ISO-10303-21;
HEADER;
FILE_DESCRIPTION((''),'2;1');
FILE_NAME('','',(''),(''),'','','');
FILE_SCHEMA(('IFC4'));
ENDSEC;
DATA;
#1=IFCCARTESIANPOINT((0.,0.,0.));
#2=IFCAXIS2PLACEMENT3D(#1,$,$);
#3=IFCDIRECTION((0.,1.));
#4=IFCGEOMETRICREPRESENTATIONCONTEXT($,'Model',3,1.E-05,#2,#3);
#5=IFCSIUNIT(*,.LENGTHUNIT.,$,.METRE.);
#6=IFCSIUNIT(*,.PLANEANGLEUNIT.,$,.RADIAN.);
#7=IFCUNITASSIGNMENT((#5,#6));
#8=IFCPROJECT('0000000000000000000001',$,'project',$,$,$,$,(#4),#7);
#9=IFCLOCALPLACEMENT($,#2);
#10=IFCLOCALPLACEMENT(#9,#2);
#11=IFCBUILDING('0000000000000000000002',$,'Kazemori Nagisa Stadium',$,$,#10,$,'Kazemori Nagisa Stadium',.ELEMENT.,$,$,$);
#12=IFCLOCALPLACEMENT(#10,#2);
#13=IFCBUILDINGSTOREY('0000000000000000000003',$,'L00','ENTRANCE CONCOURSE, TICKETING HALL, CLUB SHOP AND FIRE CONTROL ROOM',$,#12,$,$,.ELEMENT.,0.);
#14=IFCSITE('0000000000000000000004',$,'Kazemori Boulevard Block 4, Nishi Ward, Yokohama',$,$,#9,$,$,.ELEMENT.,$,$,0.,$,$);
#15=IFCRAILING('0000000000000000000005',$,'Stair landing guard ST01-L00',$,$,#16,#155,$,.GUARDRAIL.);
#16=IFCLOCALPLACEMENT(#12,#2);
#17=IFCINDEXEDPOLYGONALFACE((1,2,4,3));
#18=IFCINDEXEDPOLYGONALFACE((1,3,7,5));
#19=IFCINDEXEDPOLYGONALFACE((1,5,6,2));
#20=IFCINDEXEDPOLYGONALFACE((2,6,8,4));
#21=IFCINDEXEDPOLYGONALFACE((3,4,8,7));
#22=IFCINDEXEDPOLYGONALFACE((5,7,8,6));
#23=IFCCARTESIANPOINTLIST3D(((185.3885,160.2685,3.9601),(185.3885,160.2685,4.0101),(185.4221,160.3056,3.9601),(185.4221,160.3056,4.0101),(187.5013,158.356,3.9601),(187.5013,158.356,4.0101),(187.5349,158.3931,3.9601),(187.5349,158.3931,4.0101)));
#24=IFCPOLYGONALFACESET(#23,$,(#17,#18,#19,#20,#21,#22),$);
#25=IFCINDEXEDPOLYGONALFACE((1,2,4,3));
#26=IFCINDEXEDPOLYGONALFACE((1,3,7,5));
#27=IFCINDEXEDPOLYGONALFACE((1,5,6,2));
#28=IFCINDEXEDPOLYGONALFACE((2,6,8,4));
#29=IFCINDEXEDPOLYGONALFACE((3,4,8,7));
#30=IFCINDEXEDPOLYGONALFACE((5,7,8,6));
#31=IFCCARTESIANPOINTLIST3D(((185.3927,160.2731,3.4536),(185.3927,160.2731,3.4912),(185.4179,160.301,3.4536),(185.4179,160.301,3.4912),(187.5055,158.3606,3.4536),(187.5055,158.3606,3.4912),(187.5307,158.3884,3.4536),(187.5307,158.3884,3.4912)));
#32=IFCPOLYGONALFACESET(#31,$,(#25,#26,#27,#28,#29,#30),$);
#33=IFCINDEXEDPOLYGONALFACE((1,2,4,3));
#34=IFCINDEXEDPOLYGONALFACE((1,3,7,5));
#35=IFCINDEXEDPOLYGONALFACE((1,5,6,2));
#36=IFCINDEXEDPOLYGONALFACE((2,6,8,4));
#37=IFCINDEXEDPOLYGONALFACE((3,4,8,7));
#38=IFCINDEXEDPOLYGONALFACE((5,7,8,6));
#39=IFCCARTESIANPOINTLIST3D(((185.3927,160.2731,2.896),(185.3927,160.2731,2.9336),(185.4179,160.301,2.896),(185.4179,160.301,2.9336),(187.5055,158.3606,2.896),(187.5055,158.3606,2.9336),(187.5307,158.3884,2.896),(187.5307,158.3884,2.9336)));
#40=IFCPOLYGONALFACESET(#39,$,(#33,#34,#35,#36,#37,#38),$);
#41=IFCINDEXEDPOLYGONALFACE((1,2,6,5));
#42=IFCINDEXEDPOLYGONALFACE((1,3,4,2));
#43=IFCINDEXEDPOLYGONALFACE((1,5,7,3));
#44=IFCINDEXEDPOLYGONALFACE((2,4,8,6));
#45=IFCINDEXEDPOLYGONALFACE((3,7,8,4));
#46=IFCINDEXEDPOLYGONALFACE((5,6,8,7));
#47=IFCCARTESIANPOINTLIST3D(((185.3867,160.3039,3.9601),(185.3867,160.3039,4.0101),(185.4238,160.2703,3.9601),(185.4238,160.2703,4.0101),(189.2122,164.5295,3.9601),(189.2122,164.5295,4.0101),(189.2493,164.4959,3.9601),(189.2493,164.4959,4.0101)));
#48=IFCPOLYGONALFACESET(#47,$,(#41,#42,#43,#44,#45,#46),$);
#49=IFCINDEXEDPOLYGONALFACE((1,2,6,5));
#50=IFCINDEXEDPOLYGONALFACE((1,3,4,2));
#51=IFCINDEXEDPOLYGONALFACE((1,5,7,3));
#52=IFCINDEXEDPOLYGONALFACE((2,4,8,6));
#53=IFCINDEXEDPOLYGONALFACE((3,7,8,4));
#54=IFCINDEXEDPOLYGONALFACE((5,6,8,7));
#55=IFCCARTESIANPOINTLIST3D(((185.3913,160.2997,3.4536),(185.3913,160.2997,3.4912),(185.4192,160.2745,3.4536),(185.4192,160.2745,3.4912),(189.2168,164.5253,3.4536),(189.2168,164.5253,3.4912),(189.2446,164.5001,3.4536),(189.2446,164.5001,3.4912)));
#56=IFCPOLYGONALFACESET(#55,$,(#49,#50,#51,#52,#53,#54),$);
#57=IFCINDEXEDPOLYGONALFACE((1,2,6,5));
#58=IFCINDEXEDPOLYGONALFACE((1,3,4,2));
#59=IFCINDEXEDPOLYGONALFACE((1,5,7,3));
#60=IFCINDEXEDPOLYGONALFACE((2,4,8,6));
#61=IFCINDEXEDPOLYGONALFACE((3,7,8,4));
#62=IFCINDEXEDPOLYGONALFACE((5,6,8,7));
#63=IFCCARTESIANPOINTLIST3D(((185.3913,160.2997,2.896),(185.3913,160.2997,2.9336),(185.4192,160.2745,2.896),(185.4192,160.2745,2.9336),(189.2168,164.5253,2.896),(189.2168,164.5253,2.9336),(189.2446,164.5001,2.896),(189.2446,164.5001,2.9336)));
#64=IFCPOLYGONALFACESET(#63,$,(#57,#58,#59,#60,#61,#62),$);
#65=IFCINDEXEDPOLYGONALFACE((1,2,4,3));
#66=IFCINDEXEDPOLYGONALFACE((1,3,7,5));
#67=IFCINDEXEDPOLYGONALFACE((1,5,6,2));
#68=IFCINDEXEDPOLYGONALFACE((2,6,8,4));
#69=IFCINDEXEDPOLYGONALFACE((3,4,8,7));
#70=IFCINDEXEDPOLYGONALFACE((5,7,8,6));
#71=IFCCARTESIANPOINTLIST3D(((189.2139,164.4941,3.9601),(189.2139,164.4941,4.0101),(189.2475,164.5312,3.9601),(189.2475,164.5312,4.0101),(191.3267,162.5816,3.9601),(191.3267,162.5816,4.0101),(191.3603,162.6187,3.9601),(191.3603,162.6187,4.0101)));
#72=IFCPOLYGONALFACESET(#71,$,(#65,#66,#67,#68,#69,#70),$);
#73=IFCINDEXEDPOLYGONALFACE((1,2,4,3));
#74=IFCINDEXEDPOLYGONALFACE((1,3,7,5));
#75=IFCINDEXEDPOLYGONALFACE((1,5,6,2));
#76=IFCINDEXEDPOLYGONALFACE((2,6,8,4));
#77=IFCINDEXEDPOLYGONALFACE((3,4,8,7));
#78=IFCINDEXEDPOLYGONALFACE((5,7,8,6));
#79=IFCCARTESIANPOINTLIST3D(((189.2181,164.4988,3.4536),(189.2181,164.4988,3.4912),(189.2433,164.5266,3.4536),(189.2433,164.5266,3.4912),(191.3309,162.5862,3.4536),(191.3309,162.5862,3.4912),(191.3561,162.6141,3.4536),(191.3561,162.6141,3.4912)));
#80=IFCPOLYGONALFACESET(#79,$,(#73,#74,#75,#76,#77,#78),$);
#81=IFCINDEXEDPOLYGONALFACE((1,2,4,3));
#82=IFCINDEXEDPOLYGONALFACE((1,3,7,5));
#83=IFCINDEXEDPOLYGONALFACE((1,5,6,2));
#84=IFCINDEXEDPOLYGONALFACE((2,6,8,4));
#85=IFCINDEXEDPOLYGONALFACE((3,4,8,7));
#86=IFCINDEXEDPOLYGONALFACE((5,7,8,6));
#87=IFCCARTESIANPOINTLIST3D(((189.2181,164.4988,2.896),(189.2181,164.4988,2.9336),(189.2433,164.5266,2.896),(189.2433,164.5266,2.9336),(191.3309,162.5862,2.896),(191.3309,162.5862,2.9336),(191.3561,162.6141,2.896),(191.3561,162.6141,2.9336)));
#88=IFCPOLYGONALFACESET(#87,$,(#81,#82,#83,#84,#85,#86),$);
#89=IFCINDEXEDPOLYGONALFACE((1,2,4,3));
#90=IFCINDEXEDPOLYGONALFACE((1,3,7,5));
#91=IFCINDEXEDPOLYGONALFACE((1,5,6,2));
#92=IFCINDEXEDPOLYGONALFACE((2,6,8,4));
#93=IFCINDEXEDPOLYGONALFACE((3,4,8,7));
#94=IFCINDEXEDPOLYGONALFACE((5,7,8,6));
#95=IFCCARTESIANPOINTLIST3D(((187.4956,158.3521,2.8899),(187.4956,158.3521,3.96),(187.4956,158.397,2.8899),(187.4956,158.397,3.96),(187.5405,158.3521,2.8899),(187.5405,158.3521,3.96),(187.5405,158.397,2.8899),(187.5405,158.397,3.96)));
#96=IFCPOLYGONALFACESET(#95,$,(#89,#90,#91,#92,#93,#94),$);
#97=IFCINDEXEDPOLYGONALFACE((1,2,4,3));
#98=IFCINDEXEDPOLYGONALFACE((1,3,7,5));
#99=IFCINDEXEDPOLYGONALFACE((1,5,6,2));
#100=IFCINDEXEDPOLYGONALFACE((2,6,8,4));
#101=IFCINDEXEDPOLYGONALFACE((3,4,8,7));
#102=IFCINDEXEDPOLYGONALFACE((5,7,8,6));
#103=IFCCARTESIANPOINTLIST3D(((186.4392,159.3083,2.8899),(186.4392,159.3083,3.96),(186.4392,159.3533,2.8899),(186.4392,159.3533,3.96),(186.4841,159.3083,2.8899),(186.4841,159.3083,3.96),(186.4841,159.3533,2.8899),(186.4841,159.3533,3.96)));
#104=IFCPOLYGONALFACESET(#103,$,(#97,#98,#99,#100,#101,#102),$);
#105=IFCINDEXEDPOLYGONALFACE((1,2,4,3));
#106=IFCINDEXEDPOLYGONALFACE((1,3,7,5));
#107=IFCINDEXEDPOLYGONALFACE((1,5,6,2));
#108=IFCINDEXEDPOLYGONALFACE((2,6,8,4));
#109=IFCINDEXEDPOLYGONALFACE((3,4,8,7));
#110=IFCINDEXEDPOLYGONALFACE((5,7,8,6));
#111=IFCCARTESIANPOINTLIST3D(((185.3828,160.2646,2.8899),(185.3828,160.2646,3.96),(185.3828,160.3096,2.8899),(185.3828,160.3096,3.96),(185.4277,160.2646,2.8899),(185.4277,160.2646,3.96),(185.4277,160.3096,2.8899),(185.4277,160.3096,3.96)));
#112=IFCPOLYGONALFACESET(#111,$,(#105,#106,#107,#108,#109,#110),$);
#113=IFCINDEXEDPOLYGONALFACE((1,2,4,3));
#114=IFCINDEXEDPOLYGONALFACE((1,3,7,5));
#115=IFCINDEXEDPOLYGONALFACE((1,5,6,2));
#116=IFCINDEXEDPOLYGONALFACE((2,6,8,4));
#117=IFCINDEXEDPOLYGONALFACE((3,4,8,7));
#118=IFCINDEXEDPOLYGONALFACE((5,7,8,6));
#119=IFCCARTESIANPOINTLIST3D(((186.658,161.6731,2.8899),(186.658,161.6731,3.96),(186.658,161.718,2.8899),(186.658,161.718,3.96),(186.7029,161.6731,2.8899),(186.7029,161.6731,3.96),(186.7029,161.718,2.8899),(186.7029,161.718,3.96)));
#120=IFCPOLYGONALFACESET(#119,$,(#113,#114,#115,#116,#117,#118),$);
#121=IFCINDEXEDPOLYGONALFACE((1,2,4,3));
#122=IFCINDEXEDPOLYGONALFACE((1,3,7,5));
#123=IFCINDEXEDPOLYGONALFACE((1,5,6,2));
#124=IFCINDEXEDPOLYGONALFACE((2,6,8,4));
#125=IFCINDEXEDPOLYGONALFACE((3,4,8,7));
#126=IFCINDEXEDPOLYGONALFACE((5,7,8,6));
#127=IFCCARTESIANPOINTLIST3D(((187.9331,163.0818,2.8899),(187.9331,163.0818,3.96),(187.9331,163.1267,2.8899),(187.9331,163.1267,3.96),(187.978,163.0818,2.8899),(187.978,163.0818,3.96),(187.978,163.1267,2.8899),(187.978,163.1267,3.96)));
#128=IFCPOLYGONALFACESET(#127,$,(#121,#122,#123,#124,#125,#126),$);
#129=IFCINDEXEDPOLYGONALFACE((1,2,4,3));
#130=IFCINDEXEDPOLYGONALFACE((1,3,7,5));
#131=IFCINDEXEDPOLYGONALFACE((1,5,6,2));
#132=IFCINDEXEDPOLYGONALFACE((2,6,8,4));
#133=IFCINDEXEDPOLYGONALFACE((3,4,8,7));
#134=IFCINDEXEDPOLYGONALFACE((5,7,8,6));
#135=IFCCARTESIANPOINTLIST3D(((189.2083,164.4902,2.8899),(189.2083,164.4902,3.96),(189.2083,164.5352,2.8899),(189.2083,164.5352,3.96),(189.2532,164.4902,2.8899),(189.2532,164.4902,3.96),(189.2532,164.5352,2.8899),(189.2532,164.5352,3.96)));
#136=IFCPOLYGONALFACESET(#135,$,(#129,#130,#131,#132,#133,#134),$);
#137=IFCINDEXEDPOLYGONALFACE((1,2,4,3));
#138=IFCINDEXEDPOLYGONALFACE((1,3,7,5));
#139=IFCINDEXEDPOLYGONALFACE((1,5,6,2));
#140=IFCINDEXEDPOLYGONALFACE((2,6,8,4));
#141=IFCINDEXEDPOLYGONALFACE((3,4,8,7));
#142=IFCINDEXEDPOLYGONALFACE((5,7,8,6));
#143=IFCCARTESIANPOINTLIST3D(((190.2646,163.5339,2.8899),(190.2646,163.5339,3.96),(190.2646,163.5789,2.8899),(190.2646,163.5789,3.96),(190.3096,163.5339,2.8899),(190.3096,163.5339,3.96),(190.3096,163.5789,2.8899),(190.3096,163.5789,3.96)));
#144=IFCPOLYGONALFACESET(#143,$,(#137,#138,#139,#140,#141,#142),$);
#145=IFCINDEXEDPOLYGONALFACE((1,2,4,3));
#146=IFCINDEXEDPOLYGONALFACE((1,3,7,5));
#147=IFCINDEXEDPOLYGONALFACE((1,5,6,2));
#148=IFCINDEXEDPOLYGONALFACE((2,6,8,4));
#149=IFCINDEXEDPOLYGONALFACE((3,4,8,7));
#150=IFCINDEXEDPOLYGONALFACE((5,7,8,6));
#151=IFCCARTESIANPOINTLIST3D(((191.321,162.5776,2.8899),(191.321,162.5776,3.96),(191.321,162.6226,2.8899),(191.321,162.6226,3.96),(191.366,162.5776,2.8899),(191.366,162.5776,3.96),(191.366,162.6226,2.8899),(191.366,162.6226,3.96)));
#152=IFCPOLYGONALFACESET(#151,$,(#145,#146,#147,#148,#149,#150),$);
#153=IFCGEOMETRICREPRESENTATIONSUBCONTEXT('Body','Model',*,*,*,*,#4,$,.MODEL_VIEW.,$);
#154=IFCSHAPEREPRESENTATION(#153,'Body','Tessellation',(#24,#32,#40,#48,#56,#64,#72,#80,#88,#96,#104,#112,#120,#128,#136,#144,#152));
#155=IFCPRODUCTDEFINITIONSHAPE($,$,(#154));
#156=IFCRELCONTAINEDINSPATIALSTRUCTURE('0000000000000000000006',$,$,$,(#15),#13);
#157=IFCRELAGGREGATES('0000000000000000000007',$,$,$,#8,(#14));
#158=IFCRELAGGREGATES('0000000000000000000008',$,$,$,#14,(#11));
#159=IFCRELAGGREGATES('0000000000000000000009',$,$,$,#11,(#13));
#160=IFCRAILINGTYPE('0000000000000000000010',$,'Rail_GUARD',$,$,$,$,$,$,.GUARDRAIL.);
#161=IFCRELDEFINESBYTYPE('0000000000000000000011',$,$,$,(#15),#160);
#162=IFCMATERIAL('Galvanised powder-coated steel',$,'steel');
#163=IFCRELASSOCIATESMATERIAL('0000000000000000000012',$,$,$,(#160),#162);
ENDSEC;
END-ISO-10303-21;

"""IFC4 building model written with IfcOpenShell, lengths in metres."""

from ifc_helpers import new_model, si_unit, direction, frame, origin, origin_2d, place, context, subcontext, project, spatial, rectangle, extrude, material, type_object, element, save


model = new_model("IFC4")

# Units and contexts
model_context = context("Model", 3, precision=1e-05, world=origin(), true_north=direction((0.0, 1.0)))
body_context = subcontext(model_context, "Body", "Model", "MODEL_VIEW")
ifc_project = project(units=[si_unit("LENGTHUNIT", "METRE"), si_unit("PLANEANGLEUNIT", "RADIAN")], contexts=[model_context])

# Site, building, storey
site_placement = place(None, origin())
site = spatial("IfcSite", under=ifc_project, at=site_placement, Name="Kazemori Boulevard Block 4, Nishi Ward, Yokohama", CompositionType="ELEMENT", RefElevation=0.0)
building_placement = place(site_placement, origin())
building = spatial("IfcBuilding", under=site, at=building_placement, Name="Kazemori Nagisa Stadium", LongName="Kazemori Nagisa Stadium", CompositionType="ELEMENT")
storey_placement = place(building_placement, origin())
storey = spatial("IfcBuildingStorey", under=building, at=storey_placement, Name="L00", Description="ENTRANCE CONCOURSE, TICKETING HALL, CLUB SHOP AND FIRE CONTROL ROOM", CompositionType="ELEMENT", Elevation=0.0)

# Railing
ifc_material_1 = material(Name="Galvanised powder-coated steel", Category="steel")
railing_type = type_object("IfcRailingType", Name="Rail_GUARD", PredefinedType="GUARDRAIL", material=ifc_material_1)
railing_placement = place(storey_placement, frame((187.5181, 158.3745, 2.8899)))
element("IfcRailing", 1, at=railing_placement, inside=storey, type_object=railing_type, Name="Stair landing guard ST01-L00", PredefinedType="GUARDRAIL", context=body_context, shape_type="SweptSolid", body=[
    extrude(rectangle(XDim=0.05, YDim=0.05, at=origin_2d()), frame((0.0, 0.0, 1.0952), z_axis=(-0.741357, 0.671111, 0.0), x_axis=(-0.671111, -0.741357, 0.0)), (0.0, 0.0, 1.0), 2.8499),
    extrude(rectangle(XDim=0.0376, YDim=0.0376, at=origin_2d()), frame((0.0, 0.0, 0.5825), z_axis=(-0.741357, 0.671111, 0.0), x_axis=(-0.671111, -0.741357, 0.0)), (0.0, 0.0, 1.0), 2.8499),
    extrude(rectangle(XDim=0.0376, YDim=0.0376, at=origin_2d()), frame((0.0, 0.0, 0.0249), z_axis=(-0.741357, 0.671111, 0.0), x_axis=(-0.671111, -0.741357, 0.0)), (0.0, 0.0, 1.0), 2.8499),
    extrude(rectangle(XDim=0.05, YDim=0.05, at=origin_2d()), frame((-2.1128, 1.9126, 1.0952), z_axis=(0.671134, 0.741336, 0.0), x_axis=(-0.741336, 0.671134, 0.0)), (0.0, 0.0, 1.0), 5.7),
    extrude(rectangle(XDim=0.0376, YDim=0.0376, at=origin_2d()), frame((-2.1128, 1.9126, 0.5825), z_axis=(0.671134, 0.741336, 0.0), x_axis=(-0.741336, 0.671134, 0.0)), (0.0, 0.0, 1.0), 5.7),
    extrude(rectangle(XDim=0.0376, YDim=0.0376, at=origin_2d()), frame((-2.1128, 1.9126, 0.0249), z_axis=(0.671134, 0.741336, 0.0), x_axis=(-0.741336, 0.671134, 0.0)), (0.0, 0.0, 1.0), 5.7),
    extrude(rectangle(XDim=0.05, YDim=0.05, at=origin_2d()), frame((1.7126, 6.1382, 1.0952), z_axis=(0.741357, -0.671111, 0.0), x_axis=(0.671111, 0.741357, 0.0)), (0.0, 0.0, 1.0), 2.8499),
    extrude(rectangle(XDim=0.0376, YDim=0.0376, at=origin_2d()), frame((1.7126, 6.1382, 0.5825), z_axis=(0.741357, -0.671111, 0.0), x_axis=(0.671111, 0.741357, 0.0)), (0.0, 0.0, 1.0), 2.8499),
    extrude(rectangle(XDim=0.0376, YDim=0.0376, at=origin_2d()), frame((1.7126, 6.1382, 0.0249), z_axis=(0.741357, -0.671111, 0.0), x_axis=(0.671111, 0.741357, 0.0)), (0.0, 0.0, 1.0), 2.8499),
    extrude(rectangle(XDim=0.0449, YDim=0.0449, at=origin_2d()), origin(), (0.0, 0.0, 1.0), 1.0701),
    extrude(rectangle(XDim=0.0449, YDim=0.0449, at=origin_2d()), frame((-1.0564, 0.9563, 0.0)), (0.0, 0.0, 1.0), 1.0701),
    extrude(rectangle(XDim=0.0449, YDim=0.0449, at=origin_2d()), frame((-2.1128, 1.9126, 0.0)), (0.0, 0.0, 1.0), 1.0701),
    extrude(rectangle(XDim=0.0449, YDim=0.0449, at=origin_2d()), frame((-0.8376, 3.321, 0.0)), (0.0, 0.0, 1.0), 1.0701),
    extrude(rectangle(XDim=0.0449, YDim=0.0449, at=origin_2d()), frame((0.4375, 4.7297, 0.0)), (0.0, 0.0, 1.0), 1.0701),
    extrude(rectangle(XDim=0.0449, YDim=0.0449, at=origin_2d()), frame((1.7126, 6.1382, 0.0)), (0.0, 0.0, 1.0), 1.0701),
    extrude(rectangle(XDim=0.0449, YDim=0.0449, at=origin_2d()), frame((2.769, 5.1819, 0.0)), (0.0, 0.0, 1.0), 1.0701),
    extrude(rectangle(XDim=0.0449, YDim=0.0449, at=origin_2d()), frame((3.8254, 4.2256, 0.0)), (0.0, 0.0, 1.0), 1.0701),
])

save(model, "model.ifc")
